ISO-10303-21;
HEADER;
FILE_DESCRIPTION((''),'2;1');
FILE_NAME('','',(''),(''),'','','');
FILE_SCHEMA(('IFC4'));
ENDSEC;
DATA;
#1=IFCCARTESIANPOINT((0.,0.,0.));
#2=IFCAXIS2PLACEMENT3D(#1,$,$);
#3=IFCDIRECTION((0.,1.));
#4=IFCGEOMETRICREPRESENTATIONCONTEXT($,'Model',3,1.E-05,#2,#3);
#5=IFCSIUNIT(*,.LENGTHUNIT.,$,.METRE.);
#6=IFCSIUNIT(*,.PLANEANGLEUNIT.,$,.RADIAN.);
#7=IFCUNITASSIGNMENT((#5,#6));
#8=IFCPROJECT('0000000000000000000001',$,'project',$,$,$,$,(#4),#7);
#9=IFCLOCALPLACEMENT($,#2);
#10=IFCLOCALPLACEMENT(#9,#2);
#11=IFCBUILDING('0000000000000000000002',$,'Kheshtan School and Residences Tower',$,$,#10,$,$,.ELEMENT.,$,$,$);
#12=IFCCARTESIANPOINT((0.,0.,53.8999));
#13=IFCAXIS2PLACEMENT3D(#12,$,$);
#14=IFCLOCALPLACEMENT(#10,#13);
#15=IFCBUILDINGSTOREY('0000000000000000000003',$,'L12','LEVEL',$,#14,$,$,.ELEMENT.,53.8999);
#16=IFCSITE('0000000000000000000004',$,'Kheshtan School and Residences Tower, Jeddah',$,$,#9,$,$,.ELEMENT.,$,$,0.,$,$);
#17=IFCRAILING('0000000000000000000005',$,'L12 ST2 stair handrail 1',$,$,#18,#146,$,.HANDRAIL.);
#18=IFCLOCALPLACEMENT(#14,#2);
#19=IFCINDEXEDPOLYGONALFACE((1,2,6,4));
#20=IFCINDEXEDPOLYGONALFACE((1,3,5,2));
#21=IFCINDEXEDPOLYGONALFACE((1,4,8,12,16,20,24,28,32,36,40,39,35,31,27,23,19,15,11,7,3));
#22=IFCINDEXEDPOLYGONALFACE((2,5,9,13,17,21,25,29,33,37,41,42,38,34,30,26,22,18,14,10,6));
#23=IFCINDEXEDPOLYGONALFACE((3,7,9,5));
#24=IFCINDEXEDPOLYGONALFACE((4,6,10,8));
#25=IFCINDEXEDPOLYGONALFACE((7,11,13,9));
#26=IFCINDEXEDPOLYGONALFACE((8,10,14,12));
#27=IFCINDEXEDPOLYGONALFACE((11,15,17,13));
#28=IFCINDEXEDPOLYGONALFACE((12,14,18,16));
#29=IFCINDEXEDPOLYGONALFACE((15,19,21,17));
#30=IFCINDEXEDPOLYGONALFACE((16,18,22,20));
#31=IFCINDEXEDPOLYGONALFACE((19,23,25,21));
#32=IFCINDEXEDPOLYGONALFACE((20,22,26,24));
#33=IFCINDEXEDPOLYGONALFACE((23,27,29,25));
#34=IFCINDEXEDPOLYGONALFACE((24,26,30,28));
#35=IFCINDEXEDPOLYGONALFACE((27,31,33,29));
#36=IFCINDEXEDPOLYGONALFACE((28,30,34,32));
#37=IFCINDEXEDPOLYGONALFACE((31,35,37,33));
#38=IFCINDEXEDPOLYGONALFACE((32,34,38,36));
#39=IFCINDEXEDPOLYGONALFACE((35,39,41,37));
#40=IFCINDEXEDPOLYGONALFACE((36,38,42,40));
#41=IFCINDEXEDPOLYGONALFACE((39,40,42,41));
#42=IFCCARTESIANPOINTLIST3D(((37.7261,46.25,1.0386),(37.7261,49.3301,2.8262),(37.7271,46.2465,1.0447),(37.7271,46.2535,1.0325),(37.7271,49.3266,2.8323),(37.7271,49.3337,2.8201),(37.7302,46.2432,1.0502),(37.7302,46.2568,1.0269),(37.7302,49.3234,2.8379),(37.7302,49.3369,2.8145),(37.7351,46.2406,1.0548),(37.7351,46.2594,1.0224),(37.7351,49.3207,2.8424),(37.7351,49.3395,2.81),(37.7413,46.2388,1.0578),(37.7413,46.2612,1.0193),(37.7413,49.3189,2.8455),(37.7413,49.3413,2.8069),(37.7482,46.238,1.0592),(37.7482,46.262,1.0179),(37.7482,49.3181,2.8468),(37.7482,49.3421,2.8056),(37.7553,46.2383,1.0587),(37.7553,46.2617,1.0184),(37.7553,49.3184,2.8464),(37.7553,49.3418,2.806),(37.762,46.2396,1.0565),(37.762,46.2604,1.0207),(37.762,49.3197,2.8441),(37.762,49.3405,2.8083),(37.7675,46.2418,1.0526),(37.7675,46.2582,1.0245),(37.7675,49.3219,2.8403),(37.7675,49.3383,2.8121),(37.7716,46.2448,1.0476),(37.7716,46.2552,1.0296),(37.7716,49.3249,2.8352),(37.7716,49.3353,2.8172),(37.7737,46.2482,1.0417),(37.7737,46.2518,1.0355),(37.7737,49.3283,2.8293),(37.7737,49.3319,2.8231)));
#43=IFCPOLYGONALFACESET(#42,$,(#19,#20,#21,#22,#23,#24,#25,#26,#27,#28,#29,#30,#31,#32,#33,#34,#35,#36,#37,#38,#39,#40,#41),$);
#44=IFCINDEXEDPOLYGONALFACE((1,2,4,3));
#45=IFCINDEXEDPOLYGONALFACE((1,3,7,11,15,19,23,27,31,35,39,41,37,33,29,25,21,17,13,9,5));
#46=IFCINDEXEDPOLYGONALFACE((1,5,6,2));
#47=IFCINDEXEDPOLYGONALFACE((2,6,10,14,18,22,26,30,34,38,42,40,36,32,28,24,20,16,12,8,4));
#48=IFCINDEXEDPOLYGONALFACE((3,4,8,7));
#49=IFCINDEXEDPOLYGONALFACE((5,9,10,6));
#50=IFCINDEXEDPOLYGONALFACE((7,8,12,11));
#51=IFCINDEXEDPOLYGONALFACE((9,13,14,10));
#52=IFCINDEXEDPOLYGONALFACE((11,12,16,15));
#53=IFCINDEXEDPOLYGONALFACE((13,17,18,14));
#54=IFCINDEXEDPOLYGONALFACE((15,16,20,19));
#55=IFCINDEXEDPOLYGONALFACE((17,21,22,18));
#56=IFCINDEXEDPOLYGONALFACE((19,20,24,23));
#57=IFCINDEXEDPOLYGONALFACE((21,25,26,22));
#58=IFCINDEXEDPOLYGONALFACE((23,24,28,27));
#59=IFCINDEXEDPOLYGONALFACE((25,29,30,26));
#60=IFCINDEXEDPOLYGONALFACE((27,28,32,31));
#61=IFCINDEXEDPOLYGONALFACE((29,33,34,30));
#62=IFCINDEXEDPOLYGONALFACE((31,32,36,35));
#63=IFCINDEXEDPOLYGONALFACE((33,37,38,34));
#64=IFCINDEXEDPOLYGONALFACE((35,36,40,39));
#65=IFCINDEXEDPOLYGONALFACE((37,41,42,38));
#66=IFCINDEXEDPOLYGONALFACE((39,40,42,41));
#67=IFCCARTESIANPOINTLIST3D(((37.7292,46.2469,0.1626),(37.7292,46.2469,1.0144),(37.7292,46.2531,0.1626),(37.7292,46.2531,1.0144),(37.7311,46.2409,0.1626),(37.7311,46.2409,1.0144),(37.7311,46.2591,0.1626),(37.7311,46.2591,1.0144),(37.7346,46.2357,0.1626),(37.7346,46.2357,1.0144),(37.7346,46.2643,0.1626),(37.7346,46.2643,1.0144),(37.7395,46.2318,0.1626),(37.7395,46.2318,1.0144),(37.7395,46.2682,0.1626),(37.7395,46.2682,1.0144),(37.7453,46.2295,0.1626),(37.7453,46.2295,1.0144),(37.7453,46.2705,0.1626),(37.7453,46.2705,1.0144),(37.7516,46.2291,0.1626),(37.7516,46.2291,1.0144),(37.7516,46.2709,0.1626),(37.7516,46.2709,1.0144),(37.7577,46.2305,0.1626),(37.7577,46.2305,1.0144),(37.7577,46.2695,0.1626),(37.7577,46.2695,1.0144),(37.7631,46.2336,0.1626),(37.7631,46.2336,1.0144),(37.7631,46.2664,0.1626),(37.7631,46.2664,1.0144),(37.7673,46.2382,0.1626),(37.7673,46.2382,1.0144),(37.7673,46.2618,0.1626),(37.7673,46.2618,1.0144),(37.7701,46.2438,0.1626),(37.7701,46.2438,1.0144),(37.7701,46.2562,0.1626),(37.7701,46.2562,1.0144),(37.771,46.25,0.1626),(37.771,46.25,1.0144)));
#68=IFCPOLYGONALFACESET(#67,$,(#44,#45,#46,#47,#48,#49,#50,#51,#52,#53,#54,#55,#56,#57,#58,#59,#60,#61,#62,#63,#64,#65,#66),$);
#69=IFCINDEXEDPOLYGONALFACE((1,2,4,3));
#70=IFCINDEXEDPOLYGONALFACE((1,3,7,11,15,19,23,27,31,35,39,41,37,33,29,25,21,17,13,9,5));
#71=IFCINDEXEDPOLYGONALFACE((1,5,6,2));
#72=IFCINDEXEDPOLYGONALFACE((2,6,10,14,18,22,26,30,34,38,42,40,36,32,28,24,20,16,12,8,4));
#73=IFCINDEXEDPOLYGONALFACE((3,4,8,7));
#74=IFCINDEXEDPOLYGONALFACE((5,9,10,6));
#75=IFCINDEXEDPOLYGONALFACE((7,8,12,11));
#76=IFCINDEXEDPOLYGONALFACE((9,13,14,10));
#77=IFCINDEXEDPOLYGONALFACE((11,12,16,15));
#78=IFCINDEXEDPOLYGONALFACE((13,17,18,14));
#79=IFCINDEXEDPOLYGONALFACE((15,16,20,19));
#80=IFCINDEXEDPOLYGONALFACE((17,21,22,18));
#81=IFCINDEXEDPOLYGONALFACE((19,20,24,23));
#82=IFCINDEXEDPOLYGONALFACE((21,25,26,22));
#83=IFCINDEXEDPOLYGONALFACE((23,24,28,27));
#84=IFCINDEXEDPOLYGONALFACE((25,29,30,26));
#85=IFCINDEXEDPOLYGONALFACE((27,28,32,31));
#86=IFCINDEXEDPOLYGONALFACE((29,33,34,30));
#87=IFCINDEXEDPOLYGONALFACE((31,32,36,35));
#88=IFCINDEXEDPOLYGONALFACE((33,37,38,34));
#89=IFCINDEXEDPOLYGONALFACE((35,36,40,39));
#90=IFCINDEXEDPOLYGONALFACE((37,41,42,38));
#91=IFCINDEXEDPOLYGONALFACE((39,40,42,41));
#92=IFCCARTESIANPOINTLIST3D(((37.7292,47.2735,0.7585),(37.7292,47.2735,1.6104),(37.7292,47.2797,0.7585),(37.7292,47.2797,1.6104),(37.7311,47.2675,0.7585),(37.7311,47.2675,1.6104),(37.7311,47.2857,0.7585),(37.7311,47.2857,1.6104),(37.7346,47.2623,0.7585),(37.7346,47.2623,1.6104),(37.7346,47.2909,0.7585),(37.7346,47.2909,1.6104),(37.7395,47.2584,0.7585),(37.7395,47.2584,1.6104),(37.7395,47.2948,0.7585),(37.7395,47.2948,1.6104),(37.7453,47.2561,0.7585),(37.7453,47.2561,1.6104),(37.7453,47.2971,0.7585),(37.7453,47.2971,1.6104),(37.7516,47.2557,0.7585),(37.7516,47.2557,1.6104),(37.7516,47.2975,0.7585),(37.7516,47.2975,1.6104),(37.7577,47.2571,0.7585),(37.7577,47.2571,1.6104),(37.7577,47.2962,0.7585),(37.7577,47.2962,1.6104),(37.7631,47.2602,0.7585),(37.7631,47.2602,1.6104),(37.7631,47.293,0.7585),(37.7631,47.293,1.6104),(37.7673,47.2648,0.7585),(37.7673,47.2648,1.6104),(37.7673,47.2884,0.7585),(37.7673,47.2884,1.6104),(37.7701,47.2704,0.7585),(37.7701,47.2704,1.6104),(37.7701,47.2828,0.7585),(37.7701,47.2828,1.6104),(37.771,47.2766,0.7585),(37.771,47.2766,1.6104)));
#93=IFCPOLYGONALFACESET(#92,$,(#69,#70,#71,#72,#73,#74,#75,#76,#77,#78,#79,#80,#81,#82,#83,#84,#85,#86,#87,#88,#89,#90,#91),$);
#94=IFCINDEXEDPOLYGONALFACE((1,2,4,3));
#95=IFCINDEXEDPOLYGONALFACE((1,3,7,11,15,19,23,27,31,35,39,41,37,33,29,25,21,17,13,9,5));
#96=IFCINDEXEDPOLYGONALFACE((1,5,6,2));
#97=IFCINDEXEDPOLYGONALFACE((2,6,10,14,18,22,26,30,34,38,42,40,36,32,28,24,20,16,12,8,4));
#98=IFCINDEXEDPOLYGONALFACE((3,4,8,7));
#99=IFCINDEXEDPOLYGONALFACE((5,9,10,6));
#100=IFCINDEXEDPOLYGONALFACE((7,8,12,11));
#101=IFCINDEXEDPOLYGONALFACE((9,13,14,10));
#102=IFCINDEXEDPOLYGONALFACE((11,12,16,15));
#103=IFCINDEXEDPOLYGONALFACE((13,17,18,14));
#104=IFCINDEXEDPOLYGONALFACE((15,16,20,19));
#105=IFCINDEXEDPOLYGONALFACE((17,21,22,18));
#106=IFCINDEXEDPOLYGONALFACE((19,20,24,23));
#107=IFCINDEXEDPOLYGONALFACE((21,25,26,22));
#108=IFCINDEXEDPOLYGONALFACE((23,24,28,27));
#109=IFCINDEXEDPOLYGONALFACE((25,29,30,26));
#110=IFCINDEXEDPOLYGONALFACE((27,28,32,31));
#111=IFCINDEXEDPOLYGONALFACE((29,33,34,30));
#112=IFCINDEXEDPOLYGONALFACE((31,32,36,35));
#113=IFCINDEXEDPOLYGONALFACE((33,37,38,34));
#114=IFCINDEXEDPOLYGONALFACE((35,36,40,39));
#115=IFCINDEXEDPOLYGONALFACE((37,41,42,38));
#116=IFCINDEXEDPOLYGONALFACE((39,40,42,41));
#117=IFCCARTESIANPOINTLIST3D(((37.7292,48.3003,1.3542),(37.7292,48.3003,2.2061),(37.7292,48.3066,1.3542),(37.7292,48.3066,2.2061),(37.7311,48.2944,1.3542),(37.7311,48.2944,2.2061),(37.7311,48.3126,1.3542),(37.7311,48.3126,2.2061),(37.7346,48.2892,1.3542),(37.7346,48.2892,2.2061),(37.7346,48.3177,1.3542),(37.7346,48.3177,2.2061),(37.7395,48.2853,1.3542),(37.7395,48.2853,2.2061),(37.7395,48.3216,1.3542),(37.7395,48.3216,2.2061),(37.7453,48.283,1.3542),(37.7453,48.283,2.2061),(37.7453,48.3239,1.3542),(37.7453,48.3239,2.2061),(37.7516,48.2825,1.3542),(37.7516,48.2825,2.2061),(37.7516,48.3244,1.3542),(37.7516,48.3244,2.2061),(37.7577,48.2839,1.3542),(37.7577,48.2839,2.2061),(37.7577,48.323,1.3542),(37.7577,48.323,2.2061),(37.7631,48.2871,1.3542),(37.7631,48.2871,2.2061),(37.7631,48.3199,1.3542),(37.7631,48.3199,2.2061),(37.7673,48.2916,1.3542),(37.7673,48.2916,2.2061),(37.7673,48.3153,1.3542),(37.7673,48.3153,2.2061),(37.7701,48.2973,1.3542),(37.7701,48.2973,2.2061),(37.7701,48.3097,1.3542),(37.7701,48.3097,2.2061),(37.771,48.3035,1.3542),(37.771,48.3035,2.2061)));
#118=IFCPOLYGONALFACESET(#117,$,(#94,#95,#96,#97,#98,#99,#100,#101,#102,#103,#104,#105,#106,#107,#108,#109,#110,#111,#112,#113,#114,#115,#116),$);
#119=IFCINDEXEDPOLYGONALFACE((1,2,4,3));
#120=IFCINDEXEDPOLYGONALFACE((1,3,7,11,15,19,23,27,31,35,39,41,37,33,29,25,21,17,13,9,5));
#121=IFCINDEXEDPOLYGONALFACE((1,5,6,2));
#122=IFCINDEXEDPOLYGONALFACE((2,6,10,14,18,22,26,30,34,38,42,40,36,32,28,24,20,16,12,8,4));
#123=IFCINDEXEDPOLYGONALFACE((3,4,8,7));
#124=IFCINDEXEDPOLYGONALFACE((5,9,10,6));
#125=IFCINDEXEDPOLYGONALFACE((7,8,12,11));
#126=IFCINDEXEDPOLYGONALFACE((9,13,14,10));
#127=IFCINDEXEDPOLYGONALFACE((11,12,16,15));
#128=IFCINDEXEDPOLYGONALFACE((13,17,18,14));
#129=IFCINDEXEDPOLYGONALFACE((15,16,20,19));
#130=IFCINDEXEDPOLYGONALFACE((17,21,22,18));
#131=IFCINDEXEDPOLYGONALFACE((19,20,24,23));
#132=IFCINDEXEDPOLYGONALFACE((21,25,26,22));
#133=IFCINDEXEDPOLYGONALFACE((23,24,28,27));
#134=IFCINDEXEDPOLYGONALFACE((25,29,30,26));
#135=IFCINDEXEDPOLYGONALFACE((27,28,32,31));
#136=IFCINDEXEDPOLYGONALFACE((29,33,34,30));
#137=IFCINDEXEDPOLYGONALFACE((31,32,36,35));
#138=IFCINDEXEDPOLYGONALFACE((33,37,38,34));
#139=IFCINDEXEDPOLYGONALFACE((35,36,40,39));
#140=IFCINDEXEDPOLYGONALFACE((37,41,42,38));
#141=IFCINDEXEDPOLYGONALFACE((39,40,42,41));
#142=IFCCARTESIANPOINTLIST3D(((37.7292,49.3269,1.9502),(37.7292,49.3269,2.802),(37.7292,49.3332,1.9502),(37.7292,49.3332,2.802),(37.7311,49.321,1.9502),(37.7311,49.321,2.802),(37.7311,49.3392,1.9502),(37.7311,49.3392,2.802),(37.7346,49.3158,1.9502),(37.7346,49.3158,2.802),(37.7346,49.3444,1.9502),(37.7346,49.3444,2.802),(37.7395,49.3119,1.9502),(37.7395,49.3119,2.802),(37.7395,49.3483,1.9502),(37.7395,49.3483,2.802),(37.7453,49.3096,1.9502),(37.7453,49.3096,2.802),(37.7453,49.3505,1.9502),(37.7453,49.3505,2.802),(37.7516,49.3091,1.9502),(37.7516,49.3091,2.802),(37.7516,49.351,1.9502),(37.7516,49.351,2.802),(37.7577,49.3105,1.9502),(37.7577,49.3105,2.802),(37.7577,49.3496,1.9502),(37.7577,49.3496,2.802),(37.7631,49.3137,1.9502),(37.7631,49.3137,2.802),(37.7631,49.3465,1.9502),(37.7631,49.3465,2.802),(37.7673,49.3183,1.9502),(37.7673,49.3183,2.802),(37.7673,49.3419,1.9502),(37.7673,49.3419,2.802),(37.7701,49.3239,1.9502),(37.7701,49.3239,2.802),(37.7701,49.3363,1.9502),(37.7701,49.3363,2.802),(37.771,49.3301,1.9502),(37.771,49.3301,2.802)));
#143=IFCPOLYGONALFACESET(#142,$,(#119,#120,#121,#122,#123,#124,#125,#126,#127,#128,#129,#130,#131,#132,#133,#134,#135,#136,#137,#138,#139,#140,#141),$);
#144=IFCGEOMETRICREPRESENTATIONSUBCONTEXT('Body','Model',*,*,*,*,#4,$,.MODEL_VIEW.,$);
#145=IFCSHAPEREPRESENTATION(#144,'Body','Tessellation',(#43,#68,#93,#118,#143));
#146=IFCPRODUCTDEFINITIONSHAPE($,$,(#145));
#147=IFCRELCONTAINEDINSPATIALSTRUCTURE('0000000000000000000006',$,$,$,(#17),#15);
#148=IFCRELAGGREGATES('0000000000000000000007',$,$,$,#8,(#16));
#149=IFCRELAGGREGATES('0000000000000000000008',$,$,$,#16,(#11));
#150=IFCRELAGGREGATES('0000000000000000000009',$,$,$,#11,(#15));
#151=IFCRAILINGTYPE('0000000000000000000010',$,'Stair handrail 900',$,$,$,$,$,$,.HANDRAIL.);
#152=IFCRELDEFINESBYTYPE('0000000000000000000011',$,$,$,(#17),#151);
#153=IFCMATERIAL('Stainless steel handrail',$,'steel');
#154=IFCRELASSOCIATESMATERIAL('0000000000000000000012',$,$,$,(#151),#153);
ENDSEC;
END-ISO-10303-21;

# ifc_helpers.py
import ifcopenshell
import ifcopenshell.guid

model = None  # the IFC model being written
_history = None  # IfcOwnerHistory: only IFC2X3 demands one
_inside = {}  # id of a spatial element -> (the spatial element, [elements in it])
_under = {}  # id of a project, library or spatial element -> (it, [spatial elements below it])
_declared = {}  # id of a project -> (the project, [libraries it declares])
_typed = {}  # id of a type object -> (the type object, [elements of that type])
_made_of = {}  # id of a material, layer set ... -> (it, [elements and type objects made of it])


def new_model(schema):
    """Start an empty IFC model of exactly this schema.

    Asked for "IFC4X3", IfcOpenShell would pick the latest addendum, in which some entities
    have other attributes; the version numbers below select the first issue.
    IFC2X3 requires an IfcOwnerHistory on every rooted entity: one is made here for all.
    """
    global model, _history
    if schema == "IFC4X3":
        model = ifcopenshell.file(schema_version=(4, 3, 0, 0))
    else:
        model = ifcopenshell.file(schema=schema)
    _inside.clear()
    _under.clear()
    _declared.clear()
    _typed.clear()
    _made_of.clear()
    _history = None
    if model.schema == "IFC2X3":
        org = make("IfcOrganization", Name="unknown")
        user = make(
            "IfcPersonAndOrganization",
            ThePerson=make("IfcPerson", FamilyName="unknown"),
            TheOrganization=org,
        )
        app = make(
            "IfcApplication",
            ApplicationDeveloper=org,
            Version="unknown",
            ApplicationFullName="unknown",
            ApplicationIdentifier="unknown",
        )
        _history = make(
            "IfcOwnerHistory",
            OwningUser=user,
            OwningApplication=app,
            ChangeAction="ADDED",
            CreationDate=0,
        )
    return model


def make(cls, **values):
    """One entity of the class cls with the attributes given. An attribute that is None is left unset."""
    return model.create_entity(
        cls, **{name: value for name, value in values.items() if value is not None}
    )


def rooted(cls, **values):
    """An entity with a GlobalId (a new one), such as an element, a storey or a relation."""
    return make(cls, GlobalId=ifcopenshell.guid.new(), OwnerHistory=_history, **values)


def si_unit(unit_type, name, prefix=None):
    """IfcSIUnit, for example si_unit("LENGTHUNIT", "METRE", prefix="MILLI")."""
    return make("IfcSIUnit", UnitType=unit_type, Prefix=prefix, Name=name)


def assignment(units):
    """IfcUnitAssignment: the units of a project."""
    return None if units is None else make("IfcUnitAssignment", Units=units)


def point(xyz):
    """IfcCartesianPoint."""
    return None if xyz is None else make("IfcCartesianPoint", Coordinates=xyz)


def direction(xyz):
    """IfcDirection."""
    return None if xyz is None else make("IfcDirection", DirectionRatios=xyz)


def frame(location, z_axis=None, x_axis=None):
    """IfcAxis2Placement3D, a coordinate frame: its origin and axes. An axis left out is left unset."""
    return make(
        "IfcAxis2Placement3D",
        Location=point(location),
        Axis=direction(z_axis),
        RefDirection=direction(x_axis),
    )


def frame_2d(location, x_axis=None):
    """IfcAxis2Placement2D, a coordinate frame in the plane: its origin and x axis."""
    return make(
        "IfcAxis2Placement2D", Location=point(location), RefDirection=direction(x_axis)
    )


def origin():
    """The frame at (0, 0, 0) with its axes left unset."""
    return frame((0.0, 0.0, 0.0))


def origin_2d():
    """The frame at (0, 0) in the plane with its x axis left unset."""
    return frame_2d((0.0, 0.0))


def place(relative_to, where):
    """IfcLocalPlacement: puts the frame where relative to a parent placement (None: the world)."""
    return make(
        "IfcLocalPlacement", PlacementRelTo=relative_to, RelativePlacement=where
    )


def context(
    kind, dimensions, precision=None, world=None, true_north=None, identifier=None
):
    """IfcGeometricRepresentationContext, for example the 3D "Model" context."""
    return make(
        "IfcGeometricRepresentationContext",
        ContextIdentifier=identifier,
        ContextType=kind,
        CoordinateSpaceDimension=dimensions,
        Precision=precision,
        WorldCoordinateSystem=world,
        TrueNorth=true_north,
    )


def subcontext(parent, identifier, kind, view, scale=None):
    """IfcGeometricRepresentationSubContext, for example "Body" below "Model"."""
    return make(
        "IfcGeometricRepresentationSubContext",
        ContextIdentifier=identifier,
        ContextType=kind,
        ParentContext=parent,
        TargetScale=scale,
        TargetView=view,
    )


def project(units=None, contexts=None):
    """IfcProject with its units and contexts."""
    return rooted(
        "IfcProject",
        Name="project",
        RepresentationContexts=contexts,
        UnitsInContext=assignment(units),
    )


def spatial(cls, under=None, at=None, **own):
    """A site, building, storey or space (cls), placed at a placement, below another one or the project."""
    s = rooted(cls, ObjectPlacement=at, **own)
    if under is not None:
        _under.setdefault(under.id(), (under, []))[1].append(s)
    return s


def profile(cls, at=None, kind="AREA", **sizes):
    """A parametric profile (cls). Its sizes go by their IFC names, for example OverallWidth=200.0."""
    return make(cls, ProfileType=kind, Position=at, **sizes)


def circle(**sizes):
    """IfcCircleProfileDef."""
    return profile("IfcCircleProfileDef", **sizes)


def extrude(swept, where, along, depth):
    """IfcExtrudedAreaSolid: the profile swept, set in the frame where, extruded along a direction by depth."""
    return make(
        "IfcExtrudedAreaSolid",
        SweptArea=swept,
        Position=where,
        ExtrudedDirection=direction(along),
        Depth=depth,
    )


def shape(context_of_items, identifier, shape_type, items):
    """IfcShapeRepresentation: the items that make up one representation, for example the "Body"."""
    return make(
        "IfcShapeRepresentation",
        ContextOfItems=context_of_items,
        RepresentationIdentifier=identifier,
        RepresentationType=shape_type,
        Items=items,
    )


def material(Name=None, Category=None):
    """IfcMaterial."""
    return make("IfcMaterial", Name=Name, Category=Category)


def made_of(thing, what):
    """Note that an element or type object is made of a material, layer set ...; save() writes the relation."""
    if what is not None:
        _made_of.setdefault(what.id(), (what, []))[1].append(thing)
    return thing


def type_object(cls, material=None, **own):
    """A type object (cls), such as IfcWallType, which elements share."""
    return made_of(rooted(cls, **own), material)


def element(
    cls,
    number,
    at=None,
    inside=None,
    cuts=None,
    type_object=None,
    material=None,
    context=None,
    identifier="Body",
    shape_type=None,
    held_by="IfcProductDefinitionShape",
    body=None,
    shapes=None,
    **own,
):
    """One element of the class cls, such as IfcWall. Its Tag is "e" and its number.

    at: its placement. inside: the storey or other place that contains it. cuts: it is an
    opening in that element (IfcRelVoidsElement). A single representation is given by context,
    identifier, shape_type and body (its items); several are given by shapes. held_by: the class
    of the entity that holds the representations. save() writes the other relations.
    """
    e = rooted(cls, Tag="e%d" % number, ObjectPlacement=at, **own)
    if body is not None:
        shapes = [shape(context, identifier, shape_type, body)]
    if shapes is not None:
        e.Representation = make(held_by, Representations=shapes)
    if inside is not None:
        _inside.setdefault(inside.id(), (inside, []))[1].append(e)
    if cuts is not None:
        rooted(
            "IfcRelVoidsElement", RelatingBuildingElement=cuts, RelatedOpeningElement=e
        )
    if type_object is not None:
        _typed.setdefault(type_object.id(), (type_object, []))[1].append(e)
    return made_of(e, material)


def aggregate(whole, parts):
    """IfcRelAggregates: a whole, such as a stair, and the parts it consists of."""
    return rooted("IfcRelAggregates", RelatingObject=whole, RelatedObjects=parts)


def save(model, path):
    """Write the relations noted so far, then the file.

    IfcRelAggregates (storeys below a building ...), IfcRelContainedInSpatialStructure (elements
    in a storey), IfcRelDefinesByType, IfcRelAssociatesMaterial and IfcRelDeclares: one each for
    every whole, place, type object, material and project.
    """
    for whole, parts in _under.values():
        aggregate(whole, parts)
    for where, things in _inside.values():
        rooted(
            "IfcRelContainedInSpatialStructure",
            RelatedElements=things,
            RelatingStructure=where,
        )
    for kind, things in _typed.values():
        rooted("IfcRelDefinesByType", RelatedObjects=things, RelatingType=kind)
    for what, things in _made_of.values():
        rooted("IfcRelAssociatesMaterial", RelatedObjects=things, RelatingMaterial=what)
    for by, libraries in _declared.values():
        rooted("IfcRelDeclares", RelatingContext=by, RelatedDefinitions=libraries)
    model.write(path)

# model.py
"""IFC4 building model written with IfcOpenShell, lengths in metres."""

from ifc_helpers import new_model, si_unit, direction, frame, origin, origin_2d, place, context, subcontext, project, spatial, circle, extrude, material, type_object, element, save


model = new_model("IFC4")

# Units and contexts
model_context = context("Model", 3, precision=1e-05, world=origin(), true_north=direction((0.0, 1.0)))
body_context = subcontext(model_context, "Body", "Model", "MODEL_VIEW")
ifc_project = project(units=[si_unit("LENGTHUNIT", "METRE"), si_unit("PLANEANGLEUNIT", "RADIAN")], contexts=[model_context])

# Site, building, storey
site_placement = place(None, origin())
site = spatial("IfcSite", under=ifc_project, at=site_placement, Name="Kheshtan School and Residences Tower, Jeddah", CompositionType="ELEMENT", RefElevation=0.0)
building_placement = place(site_placement, origin())
building = spatial("IfcBuilding", under=site, at=building_placement, Name="Kheshtan School and Residences Tower", CompositionType="ELEMENT")
storey_placement = place(building_placement, frame((0.0, 0.0, 53.8999)))
storey = spatial("IfcBuildingStorey", under=building, at=storey_placement, Name="L12", Description="LEVEL", CompositionType="ELEMENT", Elevation=53.8999)

# Railing
ifc_material_1 = material(Name="Stainless steel handrail", Category="steel")
railing_type_1 = type_object("IfcRailingType", Name="Stair handrail 900", PredefinedType="HANDRAIL", material=ifc_material_1)
railing_1_placement = place(storey_placement, frame((37.75, 46.25, 0.1626)))
element("IfcRailing", 1, at=railing_1_placement, inside=storey, type_object=railing_type_1, Name="L12 ST2 stair handrail 1", PredefinedType="HANDRAIL", context=body_context, shape_type="SweptSolid", body=[
    extrude(circle(Radius=0.0239, at=origin_2d()), frame((0.0, 0.0, 0.876), z_axis=(0.0, 0.864891, 0.50196), x_axis=(-1.0, 0.0, 0.0)), (0.0, 0.0, 1.0), 3.5613),
    extrude(circle(Radius=0.021, at=origin_2d()), origin(), (0.0, 0.0, 1.0), 0.8518),
    extrude(circle(Radius=0.021, at=origin_2d()), frame((0.0, 1.0266, 0.5959)), (0.0, 0.0, 1.0), 0.8518),
    extrude(circle(Radius=0.021, at=origin_2d()), frame((0.0, 2.0535, 1.1917)), (0.0, 0.0, 1.0), 0.8518),
    extrude(circle(Radius=0.021, at=origin_2d()), frame((0.0, 3.0801, 1.7876)), (0.0, 0.0, 1.0), 0.8518),
])

save(model, "model.ifc")
